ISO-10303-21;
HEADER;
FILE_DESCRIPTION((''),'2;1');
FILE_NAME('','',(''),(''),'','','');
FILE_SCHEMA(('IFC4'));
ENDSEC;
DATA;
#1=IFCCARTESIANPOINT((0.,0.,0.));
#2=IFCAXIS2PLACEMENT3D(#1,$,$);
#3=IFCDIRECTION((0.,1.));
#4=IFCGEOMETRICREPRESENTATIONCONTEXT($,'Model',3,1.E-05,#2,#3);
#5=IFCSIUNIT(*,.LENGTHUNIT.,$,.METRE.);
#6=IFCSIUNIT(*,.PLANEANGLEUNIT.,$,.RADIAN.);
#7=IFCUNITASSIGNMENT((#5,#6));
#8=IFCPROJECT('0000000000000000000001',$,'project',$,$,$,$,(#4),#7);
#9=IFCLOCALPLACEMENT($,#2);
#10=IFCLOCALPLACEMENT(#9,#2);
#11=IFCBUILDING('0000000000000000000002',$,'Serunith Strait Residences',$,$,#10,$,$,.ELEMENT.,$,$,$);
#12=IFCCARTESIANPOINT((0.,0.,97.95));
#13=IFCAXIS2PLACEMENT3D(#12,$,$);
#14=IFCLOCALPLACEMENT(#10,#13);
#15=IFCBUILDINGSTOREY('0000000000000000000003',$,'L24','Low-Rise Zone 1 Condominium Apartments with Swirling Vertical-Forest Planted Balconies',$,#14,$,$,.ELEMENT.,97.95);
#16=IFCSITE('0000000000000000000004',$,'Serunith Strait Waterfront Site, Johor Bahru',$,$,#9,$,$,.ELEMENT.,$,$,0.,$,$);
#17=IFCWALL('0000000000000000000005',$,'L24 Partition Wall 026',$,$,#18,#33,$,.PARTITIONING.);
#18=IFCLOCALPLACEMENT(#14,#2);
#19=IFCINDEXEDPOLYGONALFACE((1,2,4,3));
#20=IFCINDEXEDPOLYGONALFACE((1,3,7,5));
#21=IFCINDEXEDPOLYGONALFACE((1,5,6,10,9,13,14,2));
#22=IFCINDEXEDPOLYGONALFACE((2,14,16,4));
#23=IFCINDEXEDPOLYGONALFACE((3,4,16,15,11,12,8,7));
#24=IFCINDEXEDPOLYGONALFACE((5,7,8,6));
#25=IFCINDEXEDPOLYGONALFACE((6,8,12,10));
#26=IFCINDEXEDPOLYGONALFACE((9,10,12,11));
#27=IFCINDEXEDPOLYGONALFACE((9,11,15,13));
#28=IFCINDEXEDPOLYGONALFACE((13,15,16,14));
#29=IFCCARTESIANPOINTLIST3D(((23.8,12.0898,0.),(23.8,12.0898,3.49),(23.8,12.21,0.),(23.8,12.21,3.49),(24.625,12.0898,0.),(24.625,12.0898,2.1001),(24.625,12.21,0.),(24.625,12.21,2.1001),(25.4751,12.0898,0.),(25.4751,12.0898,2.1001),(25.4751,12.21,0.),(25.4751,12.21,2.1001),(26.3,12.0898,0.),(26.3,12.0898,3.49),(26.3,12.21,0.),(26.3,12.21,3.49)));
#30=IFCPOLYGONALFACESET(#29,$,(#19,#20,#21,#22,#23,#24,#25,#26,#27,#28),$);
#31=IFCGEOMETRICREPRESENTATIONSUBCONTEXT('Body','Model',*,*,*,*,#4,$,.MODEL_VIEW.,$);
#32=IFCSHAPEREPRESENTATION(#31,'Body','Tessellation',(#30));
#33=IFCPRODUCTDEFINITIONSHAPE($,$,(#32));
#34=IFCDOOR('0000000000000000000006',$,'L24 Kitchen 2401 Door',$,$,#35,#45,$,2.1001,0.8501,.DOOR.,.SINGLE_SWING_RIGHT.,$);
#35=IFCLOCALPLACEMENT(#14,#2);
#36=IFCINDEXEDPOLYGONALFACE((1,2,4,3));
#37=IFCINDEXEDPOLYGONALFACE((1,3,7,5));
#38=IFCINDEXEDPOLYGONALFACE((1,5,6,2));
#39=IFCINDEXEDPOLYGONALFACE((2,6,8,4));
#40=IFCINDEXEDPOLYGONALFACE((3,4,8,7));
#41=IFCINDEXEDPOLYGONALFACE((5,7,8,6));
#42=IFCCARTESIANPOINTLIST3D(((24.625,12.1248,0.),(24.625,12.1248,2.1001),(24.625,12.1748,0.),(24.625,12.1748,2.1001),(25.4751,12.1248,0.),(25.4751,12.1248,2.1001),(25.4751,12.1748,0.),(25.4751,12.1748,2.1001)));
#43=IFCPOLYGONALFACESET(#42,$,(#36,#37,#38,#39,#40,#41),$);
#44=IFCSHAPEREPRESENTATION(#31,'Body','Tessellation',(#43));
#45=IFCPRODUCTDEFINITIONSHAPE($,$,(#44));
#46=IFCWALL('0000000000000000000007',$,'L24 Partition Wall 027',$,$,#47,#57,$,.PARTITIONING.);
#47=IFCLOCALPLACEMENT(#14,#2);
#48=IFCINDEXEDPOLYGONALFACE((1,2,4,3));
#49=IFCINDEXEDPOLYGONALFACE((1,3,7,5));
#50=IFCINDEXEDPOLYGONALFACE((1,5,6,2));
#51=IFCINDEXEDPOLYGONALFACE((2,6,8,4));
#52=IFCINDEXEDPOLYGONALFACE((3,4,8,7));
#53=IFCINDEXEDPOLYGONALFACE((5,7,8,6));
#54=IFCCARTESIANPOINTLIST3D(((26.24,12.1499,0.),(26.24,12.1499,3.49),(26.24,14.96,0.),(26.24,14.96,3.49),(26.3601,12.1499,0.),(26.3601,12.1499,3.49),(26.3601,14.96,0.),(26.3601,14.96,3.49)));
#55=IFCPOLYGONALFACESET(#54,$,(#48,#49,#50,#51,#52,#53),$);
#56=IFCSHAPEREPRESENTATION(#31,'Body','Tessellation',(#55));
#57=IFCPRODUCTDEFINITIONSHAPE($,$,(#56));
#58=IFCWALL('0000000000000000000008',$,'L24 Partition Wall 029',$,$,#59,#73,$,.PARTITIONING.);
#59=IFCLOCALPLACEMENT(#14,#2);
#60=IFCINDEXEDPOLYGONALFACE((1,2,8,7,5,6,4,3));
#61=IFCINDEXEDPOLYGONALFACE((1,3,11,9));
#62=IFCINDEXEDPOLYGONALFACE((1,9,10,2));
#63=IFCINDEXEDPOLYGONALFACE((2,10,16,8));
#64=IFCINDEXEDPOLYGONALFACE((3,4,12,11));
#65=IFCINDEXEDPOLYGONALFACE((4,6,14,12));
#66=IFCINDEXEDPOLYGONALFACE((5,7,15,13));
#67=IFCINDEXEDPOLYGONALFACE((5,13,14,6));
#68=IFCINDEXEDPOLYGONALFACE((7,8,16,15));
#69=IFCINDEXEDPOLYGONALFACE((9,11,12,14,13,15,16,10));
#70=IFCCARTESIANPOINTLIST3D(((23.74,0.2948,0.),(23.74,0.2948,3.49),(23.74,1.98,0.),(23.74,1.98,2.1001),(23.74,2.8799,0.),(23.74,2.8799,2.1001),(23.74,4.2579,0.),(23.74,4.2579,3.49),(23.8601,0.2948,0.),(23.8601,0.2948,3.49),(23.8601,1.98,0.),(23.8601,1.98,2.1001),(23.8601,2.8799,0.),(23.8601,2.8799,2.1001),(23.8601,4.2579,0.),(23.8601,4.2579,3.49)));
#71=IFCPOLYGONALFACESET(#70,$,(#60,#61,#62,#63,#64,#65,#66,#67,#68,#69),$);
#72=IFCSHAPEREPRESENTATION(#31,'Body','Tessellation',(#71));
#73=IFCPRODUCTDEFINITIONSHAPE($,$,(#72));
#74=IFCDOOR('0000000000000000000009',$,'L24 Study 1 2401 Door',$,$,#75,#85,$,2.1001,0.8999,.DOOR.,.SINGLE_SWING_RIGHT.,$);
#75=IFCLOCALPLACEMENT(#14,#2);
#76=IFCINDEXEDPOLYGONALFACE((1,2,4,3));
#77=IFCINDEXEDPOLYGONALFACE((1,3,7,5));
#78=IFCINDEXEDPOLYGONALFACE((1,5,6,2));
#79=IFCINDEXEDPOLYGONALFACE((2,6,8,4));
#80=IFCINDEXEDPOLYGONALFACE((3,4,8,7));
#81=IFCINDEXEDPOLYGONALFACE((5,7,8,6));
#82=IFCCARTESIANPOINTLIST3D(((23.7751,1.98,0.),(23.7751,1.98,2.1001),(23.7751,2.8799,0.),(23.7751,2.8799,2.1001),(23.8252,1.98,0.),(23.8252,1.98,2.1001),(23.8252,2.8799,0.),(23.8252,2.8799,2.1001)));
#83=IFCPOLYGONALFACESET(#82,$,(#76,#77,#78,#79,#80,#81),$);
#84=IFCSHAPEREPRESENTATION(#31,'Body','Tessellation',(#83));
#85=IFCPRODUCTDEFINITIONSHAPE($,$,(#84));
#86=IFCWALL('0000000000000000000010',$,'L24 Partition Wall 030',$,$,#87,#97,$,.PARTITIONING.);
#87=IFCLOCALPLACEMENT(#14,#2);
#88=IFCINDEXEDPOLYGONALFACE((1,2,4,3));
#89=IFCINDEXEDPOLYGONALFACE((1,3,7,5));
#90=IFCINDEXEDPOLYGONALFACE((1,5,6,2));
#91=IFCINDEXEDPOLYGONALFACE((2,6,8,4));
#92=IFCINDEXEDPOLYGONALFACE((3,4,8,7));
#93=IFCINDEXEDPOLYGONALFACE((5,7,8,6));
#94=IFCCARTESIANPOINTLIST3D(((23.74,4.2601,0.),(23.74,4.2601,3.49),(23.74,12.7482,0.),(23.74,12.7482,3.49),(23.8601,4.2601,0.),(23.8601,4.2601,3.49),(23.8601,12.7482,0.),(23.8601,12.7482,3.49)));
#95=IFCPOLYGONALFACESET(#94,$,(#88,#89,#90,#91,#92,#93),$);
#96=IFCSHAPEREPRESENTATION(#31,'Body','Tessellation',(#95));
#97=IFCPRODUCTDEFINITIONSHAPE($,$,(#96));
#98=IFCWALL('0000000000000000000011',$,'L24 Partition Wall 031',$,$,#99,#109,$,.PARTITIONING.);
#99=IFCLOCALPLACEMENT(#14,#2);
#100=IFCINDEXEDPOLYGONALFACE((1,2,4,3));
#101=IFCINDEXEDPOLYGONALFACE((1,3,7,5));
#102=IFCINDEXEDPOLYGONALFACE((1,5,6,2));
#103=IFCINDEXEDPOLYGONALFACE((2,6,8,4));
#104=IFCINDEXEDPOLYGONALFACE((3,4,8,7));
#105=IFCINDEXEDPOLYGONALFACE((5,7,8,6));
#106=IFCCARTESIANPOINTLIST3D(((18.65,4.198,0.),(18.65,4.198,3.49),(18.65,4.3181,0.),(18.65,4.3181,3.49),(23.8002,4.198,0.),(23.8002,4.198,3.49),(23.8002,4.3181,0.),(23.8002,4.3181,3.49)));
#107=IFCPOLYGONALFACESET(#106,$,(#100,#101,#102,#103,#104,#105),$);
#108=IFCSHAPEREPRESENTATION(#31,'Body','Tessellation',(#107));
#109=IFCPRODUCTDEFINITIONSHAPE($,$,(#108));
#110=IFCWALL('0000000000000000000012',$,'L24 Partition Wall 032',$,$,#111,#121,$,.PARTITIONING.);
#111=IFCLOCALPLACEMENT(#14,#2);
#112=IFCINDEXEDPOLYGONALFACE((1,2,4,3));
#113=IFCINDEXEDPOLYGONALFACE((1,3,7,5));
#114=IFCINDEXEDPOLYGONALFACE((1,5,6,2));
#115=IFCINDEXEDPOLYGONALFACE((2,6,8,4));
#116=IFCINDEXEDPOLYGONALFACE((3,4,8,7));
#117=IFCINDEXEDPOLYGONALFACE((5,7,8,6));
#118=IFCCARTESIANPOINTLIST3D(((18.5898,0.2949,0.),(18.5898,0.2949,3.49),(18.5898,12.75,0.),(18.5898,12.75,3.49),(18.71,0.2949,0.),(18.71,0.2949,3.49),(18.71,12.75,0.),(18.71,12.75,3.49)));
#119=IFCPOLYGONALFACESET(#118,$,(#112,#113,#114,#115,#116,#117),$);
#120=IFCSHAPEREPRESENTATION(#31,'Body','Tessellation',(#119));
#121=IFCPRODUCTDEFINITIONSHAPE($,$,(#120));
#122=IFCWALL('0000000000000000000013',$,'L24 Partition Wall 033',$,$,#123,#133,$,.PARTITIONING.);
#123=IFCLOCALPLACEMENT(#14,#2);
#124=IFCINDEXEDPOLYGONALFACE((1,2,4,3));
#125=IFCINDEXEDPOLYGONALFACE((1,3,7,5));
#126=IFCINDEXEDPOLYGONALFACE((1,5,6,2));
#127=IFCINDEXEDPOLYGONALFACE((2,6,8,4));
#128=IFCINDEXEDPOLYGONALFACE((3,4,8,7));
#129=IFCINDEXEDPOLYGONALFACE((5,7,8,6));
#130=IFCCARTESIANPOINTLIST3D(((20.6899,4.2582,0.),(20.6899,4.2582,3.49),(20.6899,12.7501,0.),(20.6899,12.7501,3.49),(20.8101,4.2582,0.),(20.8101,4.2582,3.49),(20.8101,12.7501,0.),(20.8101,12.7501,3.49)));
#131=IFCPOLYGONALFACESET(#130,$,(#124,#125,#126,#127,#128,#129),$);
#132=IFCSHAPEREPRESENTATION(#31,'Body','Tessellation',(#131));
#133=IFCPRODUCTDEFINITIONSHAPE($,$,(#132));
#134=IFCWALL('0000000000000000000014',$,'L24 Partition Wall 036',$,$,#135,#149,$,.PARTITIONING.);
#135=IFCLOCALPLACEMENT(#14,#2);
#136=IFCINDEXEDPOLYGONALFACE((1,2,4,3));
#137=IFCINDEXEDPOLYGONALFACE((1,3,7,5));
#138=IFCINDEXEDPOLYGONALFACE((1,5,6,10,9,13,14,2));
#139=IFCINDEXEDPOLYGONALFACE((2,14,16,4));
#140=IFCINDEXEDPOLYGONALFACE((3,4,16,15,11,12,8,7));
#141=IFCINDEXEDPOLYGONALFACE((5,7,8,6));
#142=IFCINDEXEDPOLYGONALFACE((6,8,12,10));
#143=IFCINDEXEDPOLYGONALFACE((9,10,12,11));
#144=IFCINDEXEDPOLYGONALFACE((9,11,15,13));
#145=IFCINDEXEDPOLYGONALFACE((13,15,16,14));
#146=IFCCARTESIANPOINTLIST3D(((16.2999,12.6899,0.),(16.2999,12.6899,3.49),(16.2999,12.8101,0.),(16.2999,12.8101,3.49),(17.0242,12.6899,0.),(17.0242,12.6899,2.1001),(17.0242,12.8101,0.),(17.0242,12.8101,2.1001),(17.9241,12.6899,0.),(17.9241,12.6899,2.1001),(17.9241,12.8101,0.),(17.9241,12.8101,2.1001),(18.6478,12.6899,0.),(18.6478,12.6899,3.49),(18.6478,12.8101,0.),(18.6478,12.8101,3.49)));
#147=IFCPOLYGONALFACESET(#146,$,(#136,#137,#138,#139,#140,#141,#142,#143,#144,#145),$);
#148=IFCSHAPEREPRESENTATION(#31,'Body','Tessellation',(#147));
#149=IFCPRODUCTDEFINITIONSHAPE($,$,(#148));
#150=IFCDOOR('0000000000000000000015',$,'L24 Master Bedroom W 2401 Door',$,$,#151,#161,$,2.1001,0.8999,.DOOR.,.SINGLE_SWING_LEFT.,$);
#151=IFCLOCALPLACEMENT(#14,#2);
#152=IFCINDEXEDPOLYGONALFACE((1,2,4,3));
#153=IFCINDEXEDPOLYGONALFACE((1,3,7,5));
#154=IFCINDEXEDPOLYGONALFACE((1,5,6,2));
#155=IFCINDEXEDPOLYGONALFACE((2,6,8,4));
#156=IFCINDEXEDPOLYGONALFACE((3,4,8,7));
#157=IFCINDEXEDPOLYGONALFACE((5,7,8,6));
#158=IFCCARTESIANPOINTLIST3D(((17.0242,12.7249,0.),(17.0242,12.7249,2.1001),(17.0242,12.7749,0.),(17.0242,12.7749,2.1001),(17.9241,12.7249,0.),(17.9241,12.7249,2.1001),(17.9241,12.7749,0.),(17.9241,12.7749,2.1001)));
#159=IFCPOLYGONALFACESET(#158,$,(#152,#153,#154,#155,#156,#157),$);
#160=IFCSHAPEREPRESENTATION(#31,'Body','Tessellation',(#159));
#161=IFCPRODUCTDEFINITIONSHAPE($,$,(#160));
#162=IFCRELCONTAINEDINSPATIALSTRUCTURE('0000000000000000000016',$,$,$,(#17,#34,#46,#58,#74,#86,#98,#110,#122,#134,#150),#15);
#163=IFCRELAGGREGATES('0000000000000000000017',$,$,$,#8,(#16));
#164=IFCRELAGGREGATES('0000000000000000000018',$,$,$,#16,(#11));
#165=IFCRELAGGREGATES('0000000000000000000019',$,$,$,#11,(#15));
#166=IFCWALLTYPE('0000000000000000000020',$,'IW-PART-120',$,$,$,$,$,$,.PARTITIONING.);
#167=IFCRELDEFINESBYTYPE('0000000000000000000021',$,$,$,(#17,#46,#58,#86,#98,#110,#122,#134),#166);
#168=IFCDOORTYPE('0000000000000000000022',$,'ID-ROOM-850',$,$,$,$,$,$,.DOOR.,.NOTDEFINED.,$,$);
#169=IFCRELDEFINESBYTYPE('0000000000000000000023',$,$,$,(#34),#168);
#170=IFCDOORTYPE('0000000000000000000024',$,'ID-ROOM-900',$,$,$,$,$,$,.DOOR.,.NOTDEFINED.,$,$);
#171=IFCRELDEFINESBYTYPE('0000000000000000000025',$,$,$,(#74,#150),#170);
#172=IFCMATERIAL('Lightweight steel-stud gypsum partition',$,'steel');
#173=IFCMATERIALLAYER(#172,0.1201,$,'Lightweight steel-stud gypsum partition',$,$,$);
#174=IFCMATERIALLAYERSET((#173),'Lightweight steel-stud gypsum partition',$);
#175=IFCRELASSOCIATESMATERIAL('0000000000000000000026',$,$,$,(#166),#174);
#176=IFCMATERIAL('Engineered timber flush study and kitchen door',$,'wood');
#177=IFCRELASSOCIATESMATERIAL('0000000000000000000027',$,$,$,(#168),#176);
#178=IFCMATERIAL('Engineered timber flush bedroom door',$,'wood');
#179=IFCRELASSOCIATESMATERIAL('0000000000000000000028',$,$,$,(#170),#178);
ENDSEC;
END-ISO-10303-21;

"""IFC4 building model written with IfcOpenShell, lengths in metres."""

from ifc_helpers import new_model, si_unit, direction, frame, frame_2d, origin, place, context, subcontext, project, spatial, rectangle, extrude, source, transform, mapped, material, layer, layer_set, type_object, element, fill, save


model = new_model("IFC4")

# Units and contexts
model_context = context("Model", 3, precision=1e-05, world=origin(), true_north=direction((0.0, 1.0)))
body_context = subcontext(model_context, "Body", "Model", "MODEL_VIEW")
ifc_project = project(units=[si_unit("LENGTHUNIT", "METRE"), si_unit("PLANEANGLEUNIT", "RADIAN")], contexts=[model_context])

# Site, building, storey
site_placement = place(None, origin())
site = spatial("IfcSite", under=ifc_project, at=site_placement, Name="Serunith Strait Waterfront Site, Johor Bahru", CompositionType="ELEMENT", RefElevation=0.0)
building_placement = place(site_placement, origin())
building = spatial("IfcBuilding", under=site, at=building_placement, Name="Serunith Strait Residences", CompositionType="ELEMENT")
storey_placement = place(building_placement, frame((0.0, 0.0, 97.95)))
storey = spatial("IfcBuildingStorey", under=building, at=storey_placement, Name="L24", Description="Low-Rise Zone 1 Condominium Apartments with Swirling Vertical-Forest Planted Balconies", CompositionType="ELEMENT", Elevation=97.95)

# Wall, opening, door
ifc_material_1 = material(Name="Lightweight steel-stud gypsum partition", Category="steel")
ifc_layer_1 = layer(ifc_material_1, 0.1201, Name="Lightweight steel-stud gypsum partition")
ifc_layer_set_1 = layer_set([ifc_layer_1], Name="Lightweight steel-stud gypsum partition")
wall_type = type_object("IfcWallType", Name="IW-PART-120", PredefinedType="PARTITIONING", material=ifc_layer_set_1)
wall_1_placement = place(storey_placement, frame((23.8, 12.1499, 0.0), z_axis=(0.0, 0.0, 1.0), x_axis=(1.0, 0.0, 0.0)))
wall_1 = element("IfcWall", 1, at=wall_1_placement, inside=storey, type_object=wall_type, Name="L24 Partition Wall 026", PredefinedType="PARTITIONING", context=body_context, shape_type="SweptSolid", body=[
    extrude(rectangle(XDim=2.5, YDim=0.1201, at=frame_2d((1.25, 0.0))), origin(), (0.0, 0.0, 1.0), 3.49),
])
opening_1_placement = place(wall_1_placement, frame((0.825, 0.0, 0.0)))
opening_1 = element("IfcOpeningElement", 2, at=opening_1_placement, cuts=wall_1, PredefinedType="OPENING", context=body_context, shape_type="SweptSolid", body=[
    extrude(rectangle(XDim=0.8501, YDim=2.1001, at=frame_2d((0.425, 1.05))), frame((0.0, 0.0701, 0.0), z_axis=(0.0, -1.0, 0.0), x_axis=(1.0, 0.0, 0.0)), (0.0, 0.0, 1.0), 0.1401),
])
ifc_material_2 = material(Name="Engineered timber flush study and kitchen door", Category="wood")
door_type_1 = type_object("IfcDoorType", Name="ID-ROOM-850", OperationType="NOTDEFINED", PredefinedType="DOOR", material=ifc_material_2)
shared_shape_1 = source(origin(), body_context, "Body", "SweptSolid", [
    extrude(rectangle(XDim=0.8501, YDim=2.1001, at=frame_2d((0.425, 1.05))), frame((0.0, 0.0249, 0.0), z_axis=(0.0, -1.0, 0.0), x_axis=(1.0, 0.0, 0.0)), (0.0, 0.0, 1.0), 0.05),
])
door_1_placement = place(opening_1_placement, origin())
door_1 = element("IfcDoor", 3, at=door_1_placement, inside=storey, type_object=door_type_1, Name="L24 Kitchen 2401 Door", OperationType="SINGLE_SWING_RIGHT", OverallHeight=2.1001, OverallWidth=0.8501, PredefinedType="DOOR", context=body_context, shape_type="MappedRepresentation", body=[
    mapped(shared_shape_1, transform((0.0, 0.0, 0.0), scale=1.0)),
])
fill(opening_1, door_1)

# Wall
wall_2_placement = place(storey_placement, frame((26.3, 12.1499, 0.0), z_axis=(0.0, 0.0, 1.0), x_axis=(0.0, 1.0, 0.0)))
element("IfcWall", 4, at=wall_2_placement, inside=storey, type_object=wall_type, Name="L24 Partition Wall 027", PredefinedType="PARTITIONING", context=body_context, shape_type="SweptSolid", body=[
    extrude(rectangle(XDim=2.8101, YDim=0.1201, at=frame_2d((1.405, 0.0))), origin(), (0.0, 0.0, 1.0), 3.49),
])

# Wall, opening, door
wall_3_placement = place(storey_placement, frame((23.8, 0.2949, 0.0), z_axis=(0.0, 0.0, 1.0), x_axis=(0.0, 1.0, 0.0)))
wall_3 = element("IfcWall", 5, at=wall_3_placement, inside=storey, type_object=wall_type, Name="L24 Partition Wall 029", PredefinedType="PARTITIONING", context=body_context, shape_type="SweptSolid", body=[
    extrude(rectangle(XDim=3.9631, YDim=0.1201, at=frame_2d((1.9814, 0.0))), origin(), (0.0, 0.0, 1.0), 3.49),
])
opening_2_placement = place(wall_3_placement, frame((1.6851, 0.0, 0.0)))
opening_2 = element("IfcOpeningElement", 6, at=opening_2_placement, cuts=wall_3, PredefinedType="OPENING", context=body_context, shape_type="SweptSolid", body=[
    extrude(rectangle(XDim=0.8999, YDim=2.1001, at=frame_2d((0.45, 1.05))), frame((0.0, 0.0701, 0.0), z_axis=(0.0, -1.0, 0.0), x_axis=(1.0, 0.0, 0.0)), (0.0, 0.0, 1.0), 0.1401),
])
ifc_material_3 = material(Name="Engineered timber flush bedroom door", Category="wood")
door_type_2 = type_object("IfcDoorType", Name="ID-ROOM-900", OperationType="NOTDEFINED", PredefinedType="DOOR", material=ifc_material_3)
shared_shape_2 = source(origin(), body_context, "Body", "SweptSolid", [
    extrude(rectangle(XDim=0.8999, YDim=2.1001, at=frame_2d((0.45, 1.05))), frame((0.0, 0.0249, 0.0), z_axis=(0.0, -1.0, 0.0), x_axis=(1.0, 0.0, 0.0)), (0.0, 0.0, 1.0), 0.05),
])
door_2_placement = place(opening_2_placement, origin())
door_2 = element("IfcDoor", 7, at=door_2_placement, inside=storey, type_object=door_type_2, Name="L24 Study 1 2401 Door", OperationType="SINGLE_SWING_RIGHT", OverallHeight=2.1001, OverallWidth=0.8999, PredefinedType="DOOR", context=body_context, shape_type="MappedRepresentation", body=[
    mapped(shared_shape_2, transform((0.0, 0.0, 0.0), scale=1.0)),
])
fill(opening_2, door_2)

# Walls
wall_4_placement = place(storey_placement, frame((23.8, 4.26, 0.0), z_axis=(0.0, 0.0, 1.0), x_axis=(0.0, 1.0, 0.0)))
element("IfcWall", 8, at=wall_4_placement, inside=storey, type_object=wall_type, Name="L24 Partition Wall 030", PredefinedType="PARTITIONING", context=body_context, shape_type="SweptSolid", body=[
    extrude(rectangle(XDim=8.488, YDim=0.1201, at=frame_2d((4.2441, 0.0))), origin(), (0.0, 0.0, 1.0), 3.49),
])
wall_5_placement = place(storey_placement, frame((18.6499, 4.2581, 0.0), z_axis=(0.0, 0.0, 1.0), x_axis=(1.0, 0.0, 0.0)))
element("IfcWall", 9, at=wall_5_placement, inside=storey, type_object=wall_type, Name="L24 Partition Wall 031", PredefinedType="PARTITIONING", context=body_context, shape_type="SweptSolid", body=[
    extrude(rectangle(XDim=5.1501, YDim=0.1201, at=frame_2d((2.5752, 0.0))), origin(), (0.0, 0.0, 1.0), 3.49),
])
wall_6_placement = place(storey_placement, frame((18.6499, 0.2949, 0.0), z_axis=(0.0, 0.0, 1.0), x_axis=(0.0, 1.0, 0.0)))
element("IfcWall", 10, at=wall_6_placement, inside=storey, type_object=wall_type, Name="L24 Partition Wall 032", PredefinedType="PARTITIONING", context=body_context, shape_type="SweptSolid", body=[
    extrude(rectangle(XDim=12.4551, YDim=0.1201, at=frame_2d((6.2275, 0.0))), origin(), (0.0, 0.0, 1.0), 3.49),
])
wall_7_placement = place(storey_placement, frame((20.75, 4.2581, 0.0), z_axis=(0.0, 0.0, 1.0), x_axis=(0.0, 1.0, 0.0)))
element("IfcWall", 11, at=wall_7_placement, inside=storey, type_object=wall_type, Name="L24 Partition Wall 033", PredefinedType="PARTITIONING", context=body_context, shape_type="SweptSolid", body=[
    extrude(rectangle(XDim=8.4919, YDim=0.1201, at=frame_2d((4.2461, 0.0))), origin(), (0.0, 0.0, 1.0), 3.49),
])

# Wall, opening, door
wall_8_placement = place(storey_placement, frame((16.3, 12.75, 0.0), z_axis=(0.0, 0.0, 1.0), x_axis=(1.0, 0.0, 0.0)))
wall_8 = element("IfcWall", 12, at=wall_8_placement, inside=storey, type_object=wall_type, Name="L24 Partition Wall 036", PredefinedType="PARTITIONING", context=body_context, shape_type="SweptSolid", body=[
    extrude(rectangle(XDim=2.3479, YDim=0.1201, at=frame_2d((1.1738, 0.0))), origin(), (0.0, 0.0, 1.0), 3.49),
])
opening_3_placement = place(wall_8_placement, frame((0.7241, 0.0, 0.0)))
opening_3 = element("IfcOpeningElement", 13, at=opening_3_placement, cuts=wall_8, PredefinedType="OPENING", context=body_context, shape_type="SweptSolid", body=[
    extrude(rectangle(XDim=0.8999, YDim=2.1001, at=frame_2d((0.45, 1.05))), frame((0.0, 0.0701, 0.0), z_axis=(0.0, -1.0, 0.0), x_axis=(1.0, 0.0, 0.0)), (0.0, 0.0, 1.0), 0.1401),
])
door_3_placement = place(opening_3_placement, origin())
door_3 = element("IfcDoor", 14, at=door_3_placement, inside=storey, type_object=door_type_2, Name="L24 Master Bedroom W 2401 Door", OperationType="SINGLE_SWING_LEFT", OverallHeight=2.1001, OverallWidth=0.8999, PredefinedType="DOOR", context=body_context, shape_type="MappedRepresentation", body=[
    mapped(shared_shape_2, transform((0.0, 0.0, 0.0), scale=1.0)),
])
fill(opening_3, door_3)

save(model, "model.ifc")
